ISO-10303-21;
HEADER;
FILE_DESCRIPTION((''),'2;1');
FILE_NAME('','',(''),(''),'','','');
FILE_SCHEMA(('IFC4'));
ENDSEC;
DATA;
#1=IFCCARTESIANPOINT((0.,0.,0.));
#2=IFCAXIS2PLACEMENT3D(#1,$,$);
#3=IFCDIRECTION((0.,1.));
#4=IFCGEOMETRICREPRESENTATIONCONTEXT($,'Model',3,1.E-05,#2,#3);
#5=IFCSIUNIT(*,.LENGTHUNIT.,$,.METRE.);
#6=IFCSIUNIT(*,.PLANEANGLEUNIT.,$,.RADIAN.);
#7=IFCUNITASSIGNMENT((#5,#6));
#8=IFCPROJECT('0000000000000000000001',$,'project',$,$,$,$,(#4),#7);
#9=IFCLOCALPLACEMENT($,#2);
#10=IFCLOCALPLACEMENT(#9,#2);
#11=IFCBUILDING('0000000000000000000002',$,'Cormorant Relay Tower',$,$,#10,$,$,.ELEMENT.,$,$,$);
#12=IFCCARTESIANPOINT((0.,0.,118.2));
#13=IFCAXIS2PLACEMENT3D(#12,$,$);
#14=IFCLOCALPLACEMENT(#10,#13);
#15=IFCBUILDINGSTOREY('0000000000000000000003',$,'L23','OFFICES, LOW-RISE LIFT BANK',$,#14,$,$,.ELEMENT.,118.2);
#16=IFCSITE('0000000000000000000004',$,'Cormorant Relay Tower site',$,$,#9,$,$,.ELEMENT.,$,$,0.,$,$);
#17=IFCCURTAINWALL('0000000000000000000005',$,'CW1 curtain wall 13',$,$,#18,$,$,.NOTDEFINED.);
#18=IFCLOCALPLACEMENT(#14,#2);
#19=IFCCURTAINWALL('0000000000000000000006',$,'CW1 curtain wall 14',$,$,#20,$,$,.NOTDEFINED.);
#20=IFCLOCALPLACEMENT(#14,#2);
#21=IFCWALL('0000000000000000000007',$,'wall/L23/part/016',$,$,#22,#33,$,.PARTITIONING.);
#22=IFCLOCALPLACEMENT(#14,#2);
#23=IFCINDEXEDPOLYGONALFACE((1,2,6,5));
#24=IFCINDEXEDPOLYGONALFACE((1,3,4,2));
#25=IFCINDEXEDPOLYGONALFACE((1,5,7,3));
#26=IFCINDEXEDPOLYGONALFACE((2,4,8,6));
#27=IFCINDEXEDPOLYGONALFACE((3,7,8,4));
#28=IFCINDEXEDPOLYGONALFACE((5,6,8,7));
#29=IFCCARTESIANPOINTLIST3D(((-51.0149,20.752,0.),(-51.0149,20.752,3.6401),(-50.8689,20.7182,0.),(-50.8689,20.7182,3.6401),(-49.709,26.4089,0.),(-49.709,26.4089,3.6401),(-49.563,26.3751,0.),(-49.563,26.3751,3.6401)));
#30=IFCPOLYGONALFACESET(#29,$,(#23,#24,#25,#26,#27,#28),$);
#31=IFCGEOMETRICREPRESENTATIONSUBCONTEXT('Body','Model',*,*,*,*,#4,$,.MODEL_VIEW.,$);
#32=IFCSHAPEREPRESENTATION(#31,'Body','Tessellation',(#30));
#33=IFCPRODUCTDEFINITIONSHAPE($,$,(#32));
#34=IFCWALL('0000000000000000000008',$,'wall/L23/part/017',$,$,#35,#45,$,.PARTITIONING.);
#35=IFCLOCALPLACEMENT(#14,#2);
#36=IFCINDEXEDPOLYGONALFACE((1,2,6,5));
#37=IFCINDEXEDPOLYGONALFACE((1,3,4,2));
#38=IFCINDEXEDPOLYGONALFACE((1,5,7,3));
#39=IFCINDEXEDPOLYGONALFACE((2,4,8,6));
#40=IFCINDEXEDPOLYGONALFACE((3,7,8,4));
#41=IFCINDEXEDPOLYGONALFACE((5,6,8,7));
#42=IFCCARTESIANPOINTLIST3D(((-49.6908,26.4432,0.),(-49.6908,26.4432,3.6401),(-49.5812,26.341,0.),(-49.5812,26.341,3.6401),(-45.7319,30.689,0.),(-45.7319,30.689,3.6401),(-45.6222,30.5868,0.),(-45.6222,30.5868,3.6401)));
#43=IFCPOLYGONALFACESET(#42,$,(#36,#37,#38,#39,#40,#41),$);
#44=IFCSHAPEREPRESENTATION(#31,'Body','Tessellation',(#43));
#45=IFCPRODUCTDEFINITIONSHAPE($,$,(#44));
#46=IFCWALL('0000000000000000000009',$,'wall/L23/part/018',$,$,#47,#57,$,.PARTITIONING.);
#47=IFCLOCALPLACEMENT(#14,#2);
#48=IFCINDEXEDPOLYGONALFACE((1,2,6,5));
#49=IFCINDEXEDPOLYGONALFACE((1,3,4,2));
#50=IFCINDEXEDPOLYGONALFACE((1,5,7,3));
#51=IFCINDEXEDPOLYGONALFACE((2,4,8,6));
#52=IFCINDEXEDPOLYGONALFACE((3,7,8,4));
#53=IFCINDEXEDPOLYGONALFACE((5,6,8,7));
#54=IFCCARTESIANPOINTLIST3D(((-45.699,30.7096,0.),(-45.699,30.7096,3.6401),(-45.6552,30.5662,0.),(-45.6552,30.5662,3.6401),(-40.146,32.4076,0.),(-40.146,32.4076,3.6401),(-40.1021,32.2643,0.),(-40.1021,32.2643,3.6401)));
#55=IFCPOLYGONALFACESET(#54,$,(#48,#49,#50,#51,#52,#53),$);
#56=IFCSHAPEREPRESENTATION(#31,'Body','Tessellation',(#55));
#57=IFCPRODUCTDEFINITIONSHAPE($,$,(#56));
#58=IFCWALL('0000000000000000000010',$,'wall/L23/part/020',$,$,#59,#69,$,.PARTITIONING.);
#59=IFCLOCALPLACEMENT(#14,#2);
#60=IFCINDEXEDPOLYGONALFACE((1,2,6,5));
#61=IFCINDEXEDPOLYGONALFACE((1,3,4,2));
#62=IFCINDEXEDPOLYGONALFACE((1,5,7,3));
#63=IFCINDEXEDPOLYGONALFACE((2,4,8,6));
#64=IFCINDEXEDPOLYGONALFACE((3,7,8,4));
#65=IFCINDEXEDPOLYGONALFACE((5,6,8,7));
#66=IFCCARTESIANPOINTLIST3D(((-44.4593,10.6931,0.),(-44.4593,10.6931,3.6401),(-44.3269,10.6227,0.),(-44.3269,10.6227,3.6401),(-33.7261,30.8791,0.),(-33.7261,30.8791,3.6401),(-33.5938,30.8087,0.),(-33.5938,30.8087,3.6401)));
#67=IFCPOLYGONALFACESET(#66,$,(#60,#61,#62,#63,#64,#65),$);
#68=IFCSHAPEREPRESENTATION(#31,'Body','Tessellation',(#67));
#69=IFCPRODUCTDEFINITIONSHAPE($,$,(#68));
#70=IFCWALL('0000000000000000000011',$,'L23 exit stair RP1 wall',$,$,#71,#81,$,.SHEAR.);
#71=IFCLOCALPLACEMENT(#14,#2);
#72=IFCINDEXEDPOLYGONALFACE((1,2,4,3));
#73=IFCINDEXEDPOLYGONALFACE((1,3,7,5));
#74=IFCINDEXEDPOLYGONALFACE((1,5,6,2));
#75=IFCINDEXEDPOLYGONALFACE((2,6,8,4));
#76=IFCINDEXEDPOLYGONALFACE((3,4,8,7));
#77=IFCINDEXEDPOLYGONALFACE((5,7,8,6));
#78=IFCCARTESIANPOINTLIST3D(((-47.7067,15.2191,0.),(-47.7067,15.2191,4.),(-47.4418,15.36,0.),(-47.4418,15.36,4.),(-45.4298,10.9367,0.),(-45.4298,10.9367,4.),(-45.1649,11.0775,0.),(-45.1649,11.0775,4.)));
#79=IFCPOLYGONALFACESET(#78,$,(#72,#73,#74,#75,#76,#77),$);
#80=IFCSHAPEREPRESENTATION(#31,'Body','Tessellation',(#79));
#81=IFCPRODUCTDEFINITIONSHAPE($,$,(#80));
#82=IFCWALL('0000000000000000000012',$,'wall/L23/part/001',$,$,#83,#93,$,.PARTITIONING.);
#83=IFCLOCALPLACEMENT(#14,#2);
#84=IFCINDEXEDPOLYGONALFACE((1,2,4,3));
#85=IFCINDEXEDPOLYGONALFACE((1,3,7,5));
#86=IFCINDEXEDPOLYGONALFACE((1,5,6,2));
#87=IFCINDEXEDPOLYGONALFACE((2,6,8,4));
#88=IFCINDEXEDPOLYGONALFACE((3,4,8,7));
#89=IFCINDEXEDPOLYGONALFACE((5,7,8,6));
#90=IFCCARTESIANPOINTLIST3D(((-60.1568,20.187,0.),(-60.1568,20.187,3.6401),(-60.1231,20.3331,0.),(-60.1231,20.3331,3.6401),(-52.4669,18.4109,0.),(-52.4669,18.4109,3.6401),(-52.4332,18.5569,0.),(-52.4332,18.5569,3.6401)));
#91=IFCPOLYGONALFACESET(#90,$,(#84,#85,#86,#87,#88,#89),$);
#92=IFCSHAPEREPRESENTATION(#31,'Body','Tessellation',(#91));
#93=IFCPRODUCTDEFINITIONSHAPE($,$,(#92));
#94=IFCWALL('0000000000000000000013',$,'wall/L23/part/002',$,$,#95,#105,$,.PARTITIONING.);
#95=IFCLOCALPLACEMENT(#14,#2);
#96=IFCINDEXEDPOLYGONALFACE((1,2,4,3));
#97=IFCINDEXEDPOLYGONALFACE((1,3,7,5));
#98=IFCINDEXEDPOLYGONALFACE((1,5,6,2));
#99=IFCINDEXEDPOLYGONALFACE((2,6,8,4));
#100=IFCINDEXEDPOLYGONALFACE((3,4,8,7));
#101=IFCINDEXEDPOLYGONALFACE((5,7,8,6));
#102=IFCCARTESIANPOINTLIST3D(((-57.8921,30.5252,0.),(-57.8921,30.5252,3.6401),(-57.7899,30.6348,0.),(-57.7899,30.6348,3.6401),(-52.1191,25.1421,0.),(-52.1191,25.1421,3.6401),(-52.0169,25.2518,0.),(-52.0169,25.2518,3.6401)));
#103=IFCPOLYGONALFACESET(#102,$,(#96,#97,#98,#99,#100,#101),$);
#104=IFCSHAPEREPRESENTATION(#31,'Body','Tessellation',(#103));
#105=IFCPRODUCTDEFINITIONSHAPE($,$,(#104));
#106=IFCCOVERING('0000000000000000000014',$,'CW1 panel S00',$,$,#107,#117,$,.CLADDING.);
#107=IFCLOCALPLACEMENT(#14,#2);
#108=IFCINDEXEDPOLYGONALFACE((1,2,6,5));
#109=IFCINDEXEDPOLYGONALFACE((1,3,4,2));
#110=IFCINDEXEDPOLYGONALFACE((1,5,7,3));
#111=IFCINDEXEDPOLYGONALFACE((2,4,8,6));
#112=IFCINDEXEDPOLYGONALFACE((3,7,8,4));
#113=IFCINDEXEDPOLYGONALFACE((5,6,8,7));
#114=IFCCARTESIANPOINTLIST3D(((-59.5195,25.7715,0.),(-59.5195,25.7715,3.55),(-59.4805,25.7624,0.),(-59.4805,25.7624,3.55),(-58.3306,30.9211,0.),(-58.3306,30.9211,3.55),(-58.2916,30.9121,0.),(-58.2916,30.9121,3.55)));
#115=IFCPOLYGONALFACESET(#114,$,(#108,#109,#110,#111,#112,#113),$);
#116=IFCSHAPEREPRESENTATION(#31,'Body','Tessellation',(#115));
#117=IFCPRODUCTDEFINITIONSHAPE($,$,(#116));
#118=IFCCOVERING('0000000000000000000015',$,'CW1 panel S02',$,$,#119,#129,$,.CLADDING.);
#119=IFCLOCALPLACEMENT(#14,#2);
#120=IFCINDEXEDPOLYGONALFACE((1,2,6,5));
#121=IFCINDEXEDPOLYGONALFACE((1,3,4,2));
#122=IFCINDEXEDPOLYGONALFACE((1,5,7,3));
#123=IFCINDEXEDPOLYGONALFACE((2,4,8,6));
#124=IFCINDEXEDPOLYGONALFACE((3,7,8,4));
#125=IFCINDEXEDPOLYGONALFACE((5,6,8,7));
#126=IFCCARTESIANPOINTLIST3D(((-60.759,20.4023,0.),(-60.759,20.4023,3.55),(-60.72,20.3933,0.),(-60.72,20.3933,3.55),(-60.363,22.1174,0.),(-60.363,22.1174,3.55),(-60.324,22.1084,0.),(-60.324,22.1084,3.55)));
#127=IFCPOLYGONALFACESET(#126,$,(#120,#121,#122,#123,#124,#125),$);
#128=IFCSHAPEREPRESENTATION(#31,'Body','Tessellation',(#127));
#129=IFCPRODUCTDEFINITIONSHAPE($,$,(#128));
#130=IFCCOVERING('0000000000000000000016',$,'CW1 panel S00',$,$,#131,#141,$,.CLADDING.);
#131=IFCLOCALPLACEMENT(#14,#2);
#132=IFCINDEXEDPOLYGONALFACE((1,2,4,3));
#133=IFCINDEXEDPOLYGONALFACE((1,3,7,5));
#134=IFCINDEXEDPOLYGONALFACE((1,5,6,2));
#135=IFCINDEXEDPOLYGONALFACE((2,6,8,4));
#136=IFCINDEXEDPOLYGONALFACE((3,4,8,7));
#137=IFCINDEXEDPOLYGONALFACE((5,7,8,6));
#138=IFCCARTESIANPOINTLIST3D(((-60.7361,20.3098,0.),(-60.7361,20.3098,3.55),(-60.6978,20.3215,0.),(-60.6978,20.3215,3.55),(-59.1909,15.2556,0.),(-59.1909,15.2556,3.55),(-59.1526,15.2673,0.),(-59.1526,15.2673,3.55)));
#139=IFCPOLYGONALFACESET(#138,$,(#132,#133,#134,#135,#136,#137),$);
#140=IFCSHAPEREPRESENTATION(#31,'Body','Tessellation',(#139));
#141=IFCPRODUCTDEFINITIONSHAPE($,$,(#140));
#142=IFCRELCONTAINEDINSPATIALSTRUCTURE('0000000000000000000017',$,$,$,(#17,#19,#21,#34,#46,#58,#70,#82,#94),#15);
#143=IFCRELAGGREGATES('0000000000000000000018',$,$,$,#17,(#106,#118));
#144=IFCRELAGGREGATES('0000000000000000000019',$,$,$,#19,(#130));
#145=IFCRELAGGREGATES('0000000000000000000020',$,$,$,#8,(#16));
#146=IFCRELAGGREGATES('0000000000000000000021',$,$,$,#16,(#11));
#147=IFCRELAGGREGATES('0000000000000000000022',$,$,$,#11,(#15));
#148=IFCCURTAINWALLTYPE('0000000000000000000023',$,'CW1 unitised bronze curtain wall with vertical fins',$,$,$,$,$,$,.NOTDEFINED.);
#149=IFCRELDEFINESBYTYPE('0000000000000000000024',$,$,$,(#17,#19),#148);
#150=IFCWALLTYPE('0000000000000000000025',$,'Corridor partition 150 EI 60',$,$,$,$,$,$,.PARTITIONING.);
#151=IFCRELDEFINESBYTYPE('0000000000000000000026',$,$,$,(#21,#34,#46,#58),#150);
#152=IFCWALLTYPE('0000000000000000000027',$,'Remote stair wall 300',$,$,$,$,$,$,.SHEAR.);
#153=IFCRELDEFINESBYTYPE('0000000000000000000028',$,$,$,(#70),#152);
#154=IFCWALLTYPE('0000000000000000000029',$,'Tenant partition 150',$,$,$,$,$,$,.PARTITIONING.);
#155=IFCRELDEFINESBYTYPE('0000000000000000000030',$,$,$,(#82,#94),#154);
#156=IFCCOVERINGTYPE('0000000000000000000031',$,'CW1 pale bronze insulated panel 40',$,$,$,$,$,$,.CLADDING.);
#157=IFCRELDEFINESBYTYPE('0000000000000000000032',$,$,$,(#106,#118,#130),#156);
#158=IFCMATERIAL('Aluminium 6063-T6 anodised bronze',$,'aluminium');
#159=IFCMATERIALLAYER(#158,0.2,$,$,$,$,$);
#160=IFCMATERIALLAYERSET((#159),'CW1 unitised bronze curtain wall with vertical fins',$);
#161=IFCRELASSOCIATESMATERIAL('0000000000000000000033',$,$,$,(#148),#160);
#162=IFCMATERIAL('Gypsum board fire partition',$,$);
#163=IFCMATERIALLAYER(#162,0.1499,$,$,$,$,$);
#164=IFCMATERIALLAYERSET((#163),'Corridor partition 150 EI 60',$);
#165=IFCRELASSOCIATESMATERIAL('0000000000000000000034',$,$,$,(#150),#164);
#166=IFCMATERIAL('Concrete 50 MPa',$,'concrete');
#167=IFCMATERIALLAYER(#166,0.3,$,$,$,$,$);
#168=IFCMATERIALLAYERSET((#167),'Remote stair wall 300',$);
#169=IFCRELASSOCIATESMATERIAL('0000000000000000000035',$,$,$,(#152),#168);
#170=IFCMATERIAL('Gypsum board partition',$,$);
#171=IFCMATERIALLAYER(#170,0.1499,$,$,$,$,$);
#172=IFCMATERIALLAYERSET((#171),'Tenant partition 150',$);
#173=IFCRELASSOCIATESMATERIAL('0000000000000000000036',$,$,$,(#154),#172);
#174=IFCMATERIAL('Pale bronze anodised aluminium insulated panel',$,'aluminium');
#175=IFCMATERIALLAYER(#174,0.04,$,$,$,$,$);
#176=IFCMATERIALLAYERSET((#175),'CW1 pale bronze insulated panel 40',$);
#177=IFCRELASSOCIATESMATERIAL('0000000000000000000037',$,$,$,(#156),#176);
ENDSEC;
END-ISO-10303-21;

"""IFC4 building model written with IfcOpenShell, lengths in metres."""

from ifc_helpers import new_model, si_unit, direction, frame, frame_2d, origin, origin_2d, place, context, subcontext, project, spatial, rectangle, extrude, material, layer, layer_set, type_object, element, aggregate, save


model = new_model("IFC4")

# Units and contexts
model_context = context("Model", 3, precision=1e-05, world=origin(), true_north=direction((0.0, 1.0)))
body_context = subcontext(model_context, "Body", "Model", "MODEL_VIEW")
ifc_project = project(units=[si_unit("LENGTHUNIT", "METRE"), si_unit("PLANEANGLEUNIT", "RADIAN")], contexts=[model_context])

# Site, building, storey
site_placement = place(None, origin())
site = spatial("IfcSite", under=ifc_project, at=site_placement, Name="Cormorant Relay Tower site", CompositionType="ELEMENT", RefElevation=0.0)
building_placement = place(site_placement, origin())
building = spatial("IfcBuilding", under=site, at=building_placement, Name="Cormorant Relay Tower", CompositionType="ELEMENT")
storey_placement = place(building_placement, frame((0.0, 0.0, 118.2)))
storey = spatial("IfcBuildingStorey", under=building, at=storey_placement, Name="L23", Description="OFFICES, LOW-RISE LIFT BANK", CompositionType="ELEMENT", Elevation=118.2)

# Curtain wall
ifc_material_1 = material(Name="Aluminium 6063-T6 anodised bronze", Category="aluminium")
ifc_layer_1 = layer(ifc_material_1, 0.2)
ifc_layer_set_1 = layer_set([ifc_layer_1], Name="CW1 unitised bronze curtain wall with vertical fins")
curtain_wall_type = type_object("IfcCurtainWallType", Name="CW1 unitised bronze curtain wall with vertical fins", PredefinedType="NOTDEFINED", material=ifc_layer_set_1)
curtain_wall_1_placement = place(storey_placement, origin())
curtain_wall_1 = element("IfcCurtainWall", 1, at=curtain_wall_1_placement, inside=storey, type_object=curtain_wall_type, Name="CW1 curtain wall 13", PredefinedType="NOTDEFINED")

# Curtain wall
curtain_wall_2_placement = place(storey_placement, origin())
curtain_wall_2 = element("IfcCurtainWall", 2, at=curtain_wall_2_placement, inside=storey, type_object=curtain_wall_type, Name="CW1 curtain wall 14", PredefinedType="NOTDEFINED")

# Shared definitions
ifc_material_2 = material(Name="Gypsum board fire partition")
ifc_layer_2 = layer(ifc_material_2, 0.1499)
ifc_layer_set_2 = layer_set([ifc_layer_2], Name="Corridor partition 150 EI 60")
wall_type_1 = type_object("IfcWallType", Name="Corridor partition 150 EI 60", PredefinedType="PARTITIONING", material=ifc_layer_set_2)

# Walls
wall_1_placement = place(storey_placement, frame((-50.9419, 20.7351, 0.0), z_axis=(0.0, 0.0, 1.0), x_axis=(0.224933, 0.974374, 0.0)))
element("IfcWall", 3, at=wall_1_placement, inside=storey, type_object=wall_type_1, Name="wall/L23/part/016", PredefinedType="PARTITIONING", context=body_context, shape_type="SweptSolid", body=[
    extrude(rectangle(XDim=5.8057, YDim=0.1499, at=frame_2d((2.9028, 0.0))), origin(), (0.0, 0.0, 1.0), 3.6401),
])
wall_2_placement = place(storey_placement, frame((-49.636, 26.3921, 0.0), z_axis=(0.0, 0.0, 1.0), x_axis=(0.681968, 0.731382, 0.0)))
element("IfcWall", 4, at=wall_2_placement, inside=storey, type_object=wall_type_1, Name="wall/L23/part/017", PredefinedType="PARTITIONING", context=body_context, shape_type="SweptSolid", body=[
    extrude(rectangle(XDim=5.8052, YDim=0.1499, at=frame_2d((2.9026, 0.0))), origin(), (0.0, 0.0, 1.0), 3.6401),
])
wall_3_placement = place(storey_placement, frame((-45.677, 30.6379, 0.0), z_axis=(0.0, 0.0, 1.0), x_axis=(0.956291, 0.292416, 0.0)))
element("IfcWall", 5, at=wall_3_placement, inside=storey, type_object=wall_type_1, Name="wall/L23/part/018", PredefinedType="PARTITIONING", context=body_context, shape_type="SweptSolid", body=[
    extrude(rectangle(XDim=5.8069, YDim=0.1499, at=frame_2d((2.9033, 0.0))), origin(), (0.0, 0.0, 1.0), 3.6401),
])
wall_4_placement = place(storey_placement, frame((-33.6599, 30.844, 0.0), z_axis=(0.0, 0.0, 1.0), x_axis=(-0.469473, -0.882947, 0.0)))
element("IfcWall", 6, at=wall_4_placement, inside=storey, type_object=wall_type_1, Name="wall/L23/part/020", PredefinedType="PARTITIONING", context=body_context, shape_type="SweptSolid", body=[
    extrude(rectangle(XDim=22.8621, YDim=0.1499, at=frame_2d((11.4312, 0.0))), origin(), (0.0, 0.0, 1.0), 3.6401),
])
ifc_material_3 = material(Name="Concrete 50 MPa", Category="concrete")
ifc_layer_3 = layer(ifc_material_3, 0.3)
ifc_layer_set_3 = layer_set([ifc_layer_3], Name="Remote stair wall 300")
wall_type_2 = type_object("IfcWallType", Name="Remote stair wall 300", PredefinedType="SHEAR", material=ifc_layer_set_3)
wall_5_placement = place(storey_placement, frame((-47.5742, 15.2896, 0.0), z_axis=(0.0, 0.0, 1.0), x_axis=(0.469443, -0.882963, 0.0)))
element("IfcWall", 7, at=wall_5_placement, inside=storey, type_object=wall_type_2, Name="L23 exit stair RP1 wall", PredefinedType="SHEAR", context=body_context, shape_type="SweptSolid", body=[
    extrude(rectangle(XDim=4.8501, YDim=0.3, at=frame_2d((2.425, 0.0))), origin(), (0.0, 0.0, 1.0), 4.0),
])
ifc_material_4 = material(Name="Gypsum board partition")
ifc_layer_4 = layer(ifc_material_4, 0.1499)
ifc_layer_set_4 = layer_set([ifc_layer_4], Name="Tenant partition 150")
wall_type_3 = type_object("IfcWallType", Name="Tenant partition 150", PredefinedType="PARTITIONING", material=ifc_layer_set_4)
wall_6_placement = place(storey_placement, frame((-52.45, 18.4839, 0.0), z_axis=(0.0, 0.0, 1.0), x_axis=(-0.974349, 0.225042, 0.0)))
element("IfcWall", 8, at=wall_6_placement, inside=storey, type_object=wall_type_3, Name="wall/L23/part/001", PredefinedType="PARTITIONING", context=body_context, shape_type="SweptSolid", body=[
    extrude(rectangle(XDim=7.8923, YDim=0.1499, at=frame_2d((3.9463, 0.0))), origin(), (0.0, 0.0, 1.0), 3.6401),
])
wall_7_placement = place(storey_placement, frame((-57.8411, 30.5801, 0.0), z_axis=(0.0, 0.0, 1.0), x_axis=(0.731373, -0.681978, 0.0)))
element("IfcWall", 9, at=wall_7_placement, inside=storey, type_object=wall_type_3, Name="wall/L23/part/002", PredefinedType="PARTITIONING", context=body_context, shape_type="SweptSolid", body=[
    extrude(rectangle(XDim=7.8933, YDim=0.1499, at=frame_2d((3.9468, 0.0))), origin(), (0.0, 0.0, 1.0), 3.6401),
])

# Coverings
ifc_material_5 = material(Name="Pale bronze anodised aluminium insulated panel", Category="aluminium")
ifc_layer_5 = layer(ifc_material_5, 0.04)
ifc_layer_set_5 = layer_set([ifc_layer_5], Name="CW1 pale bronze insulated panel 40")
covering_type = type_object("IfcCoveringType", Name="CW1 pale bronze insulated panel 40", PredefinedType="CLADDING", material=ifc_layer_set_5)
covering_1_placement = place(storey_placement, frame((-58.9055, 28.3418, 0.0), z_axis=(0.0, 0.0, 1.0), x_axis=(-0.224951, -0.97437, 0.0)))
covering_1 = element("IfcCovering", 10, at=covering_1_placement, type_object=covering_type, Name="CW1 panel S00", PredefinedType="CLADDING", context=body_context, shape_type="SweptSolid", body=[
    extrude(rectangle(XDim=5.2852, YDim=0.04, at=origin_2d()), origin(), (0.0, 0.0, 1.0), 3.55),
])
covering_2_placement = place(storey_placement, frame((-60.5415, 21.2554, 0.0), z_axis=(0.0, 0.0, 1.0), x_axis=(-0.224951, -0.97437, 0.0)))
covering_2 = element("IfcCovering", 11, at=covering_2_placement, type_object=covering_type, Name="CW1 panel S02", PredefinedType="CLADDING", context=body_context, shape_type="SweptSolid", body=[
    extrude(rectangle(XDim=1.7603, YDim=0.04, at=origin_2d()), origin(), (0.0, 0.0, 1.0), 3.55),
])
aggregate(curtain_wall_1, [covering_1, covering_2])
covering_3_placement = place(storey_placement, frame((-59.9443, 17.7886, 0.0), z_axis=(0.0, 0.0, 1.0), x_axis=(0.292372, -0.956305, 0.0)))
covering_3 = element("IfcCovering", 12, at=covering_3_placement, type_object=covering_type, Name="CW1 panel S00", PredefinedType="CLADDING", context=body_context, shape_type="SweptSolid", body=[
    extrude(rectangle(XDim=5.2852, YDim=0.04, at=origin_2d()), origin(), (0.0, 0.0, 1.0), 3.55),
])
aggregate(curtain_wall_2, [covering_3])

save(model, "model.ifc")
